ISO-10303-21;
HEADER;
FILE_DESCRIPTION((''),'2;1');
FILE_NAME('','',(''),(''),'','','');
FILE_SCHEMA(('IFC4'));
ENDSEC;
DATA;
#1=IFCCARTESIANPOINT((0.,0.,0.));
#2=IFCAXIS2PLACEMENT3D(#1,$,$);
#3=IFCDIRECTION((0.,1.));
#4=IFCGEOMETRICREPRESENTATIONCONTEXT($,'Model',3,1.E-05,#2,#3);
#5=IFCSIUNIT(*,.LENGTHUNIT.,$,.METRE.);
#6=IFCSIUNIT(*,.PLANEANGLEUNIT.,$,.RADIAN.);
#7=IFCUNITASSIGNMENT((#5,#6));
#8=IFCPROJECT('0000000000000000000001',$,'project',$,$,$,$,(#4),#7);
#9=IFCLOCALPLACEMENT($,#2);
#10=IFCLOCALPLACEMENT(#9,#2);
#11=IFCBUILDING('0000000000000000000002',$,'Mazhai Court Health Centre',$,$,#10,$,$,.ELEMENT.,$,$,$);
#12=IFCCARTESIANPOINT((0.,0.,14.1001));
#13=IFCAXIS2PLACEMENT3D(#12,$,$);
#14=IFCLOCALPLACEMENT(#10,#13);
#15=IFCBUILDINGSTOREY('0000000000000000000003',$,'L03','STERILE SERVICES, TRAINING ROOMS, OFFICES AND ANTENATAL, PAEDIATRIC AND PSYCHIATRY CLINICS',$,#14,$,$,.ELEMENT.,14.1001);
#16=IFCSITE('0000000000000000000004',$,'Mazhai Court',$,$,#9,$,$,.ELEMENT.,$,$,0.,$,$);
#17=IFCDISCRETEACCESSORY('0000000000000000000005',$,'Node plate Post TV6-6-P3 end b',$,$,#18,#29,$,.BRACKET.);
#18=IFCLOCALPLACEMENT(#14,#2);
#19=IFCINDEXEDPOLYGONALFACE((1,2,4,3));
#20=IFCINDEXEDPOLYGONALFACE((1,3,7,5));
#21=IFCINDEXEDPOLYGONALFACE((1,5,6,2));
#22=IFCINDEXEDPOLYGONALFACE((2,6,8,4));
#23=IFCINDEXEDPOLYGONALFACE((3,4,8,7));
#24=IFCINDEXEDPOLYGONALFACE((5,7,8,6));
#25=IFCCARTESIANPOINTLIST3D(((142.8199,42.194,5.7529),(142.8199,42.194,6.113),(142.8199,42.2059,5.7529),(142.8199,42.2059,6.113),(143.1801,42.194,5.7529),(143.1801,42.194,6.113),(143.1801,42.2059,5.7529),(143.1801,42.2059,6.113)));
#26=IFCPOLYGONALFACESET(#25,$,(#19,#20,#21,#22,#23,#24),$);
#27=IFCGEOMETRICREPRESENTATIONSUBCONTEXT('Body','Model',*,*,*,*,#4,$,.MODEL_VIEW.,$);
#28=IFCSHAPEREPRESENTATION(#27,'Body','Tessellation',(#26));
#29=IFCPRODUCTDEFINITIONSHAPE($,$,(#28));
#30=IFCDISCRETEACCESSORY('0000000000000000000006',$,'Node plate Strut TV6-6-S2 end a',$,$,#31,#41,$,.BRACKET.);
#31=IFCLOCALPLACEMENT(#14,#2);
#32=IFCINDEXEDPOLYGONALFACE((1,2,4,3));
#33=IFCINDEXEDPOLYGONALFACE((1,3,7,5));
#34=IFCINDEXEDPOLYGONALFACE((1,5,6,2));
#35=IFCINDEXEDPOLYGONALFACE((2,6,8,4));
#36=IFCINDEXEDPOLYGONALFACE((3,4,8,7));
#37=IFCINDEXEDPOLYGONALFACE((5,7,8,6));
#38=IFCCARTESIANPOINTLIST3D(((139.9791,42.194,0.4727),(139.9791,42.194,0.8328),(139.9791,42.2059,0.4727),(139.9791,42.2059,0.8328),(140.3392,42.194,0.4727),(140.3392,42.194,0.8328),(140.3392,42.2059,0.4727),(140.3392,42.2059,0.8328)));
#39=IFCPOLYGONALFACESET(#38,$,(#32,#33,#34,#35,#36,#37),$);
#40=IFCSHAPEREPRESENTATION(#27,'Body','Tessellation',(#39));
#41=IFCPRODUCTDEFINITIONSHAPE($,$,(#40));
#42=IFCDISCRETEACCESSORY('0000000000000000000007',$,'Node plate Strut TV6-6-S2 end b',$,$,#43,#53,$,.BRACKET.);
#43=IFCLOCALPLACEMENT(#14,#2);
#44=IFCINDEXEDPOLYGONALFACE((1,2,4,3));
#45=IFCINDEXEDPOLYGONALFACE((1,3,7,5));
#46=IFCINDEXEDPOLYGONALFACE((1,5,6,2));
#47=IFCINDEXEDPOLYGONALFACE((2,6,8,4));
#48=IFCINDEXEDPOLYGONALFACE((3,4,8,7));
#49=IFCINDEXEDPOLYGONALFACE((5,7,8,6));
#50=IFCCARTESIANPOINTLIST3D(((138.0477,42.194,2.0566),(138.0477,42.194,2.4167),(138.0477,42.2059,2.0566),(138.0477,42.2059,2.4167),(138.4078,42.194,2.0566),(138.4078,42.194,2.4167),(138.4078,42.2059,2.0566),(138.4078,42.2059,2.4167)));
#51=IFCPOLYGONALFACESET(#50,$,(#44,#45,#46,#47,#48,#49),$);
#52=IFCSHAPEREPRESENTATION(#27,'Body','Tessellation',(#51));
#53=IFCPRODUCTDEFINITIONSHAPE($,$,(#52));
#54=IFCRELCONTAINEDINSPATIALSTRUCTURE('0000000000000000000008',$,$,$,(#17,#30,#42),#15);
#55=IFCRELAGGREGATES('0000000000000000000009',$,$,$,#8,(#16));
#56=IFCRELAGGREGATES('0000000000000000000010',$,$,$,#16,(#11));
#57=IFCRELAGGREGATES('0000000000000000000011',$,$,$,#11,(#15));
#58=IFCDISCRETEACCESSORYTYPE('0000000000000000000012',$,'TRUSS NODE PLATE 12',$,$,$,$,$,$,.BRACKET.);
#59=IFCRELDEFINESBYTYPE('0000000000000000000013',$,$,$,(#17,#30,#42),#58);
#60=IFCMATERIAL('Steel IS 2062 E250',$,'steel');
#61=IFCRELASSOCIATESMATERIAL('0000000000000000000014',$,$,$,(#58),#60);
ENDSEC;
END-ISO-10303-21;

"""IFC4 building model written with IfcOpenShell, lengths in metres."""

from ifc_helpers import new_model, si_unit, direction, frame, origin, origin_2d, place, context, subcontext, project, spatial, rectangle, extrude, material, type_object, element, save


model = new_model("IFC4")

# Units and contexts
model_context = context("Model", 3, precision=1e-05, world=origin(), true_north=direction((0.0, 1.0)))
body_context = subcontext(model_context, "Body", "Model", "MODEL_VIEW")
ifc_project = project(units=[si_unit("LENGTHUNIT", "METRE"), si_unit("PLANEANGLEUNIT", "RADIAN")], contexts=[model_context])

# Site, building, storey
site_placement = place(None, origin())
site = spatial("IfcSite", under=ifc_project, at=site_placement, Name="Mazhai Court", CompositionType="ELEMENT", RefElevation=0.0)
building_placement = place(site_placement, origin())
building = spatial("IfcBuilding", under=site, at=building_placement, Name="Mazhai Court Health Centre", CompositionType="ELEMENT")
storey_placement = place(building_placement, frame((0.0, 0.0, 14.1001)))
storey = spatial("IfcBuildingStorey", under=building, at=storey_placement, Name="L03", Description="STERILE SERVICES, TRAINING ROOMS, OFFICES AND ANTENATAL, PAEDIATRIC AND PSYCHIATRY CLINICS", CompositionType="ELEMENT", Elevation=14.1001)

# Discrete accessories
ifc_material_1 = material(Name="Steel IS 2062 E250", Category="steel")
discrete_accessory_type = type_object("IfcDiscreteAccessoryType", Name="TRUSS NODE PLATE 12", PredefinedType="BRACKET", material=ifc_material_1)
for number, where, z_axis, x_axis, name in (
    (1, (143.0, 42.2, 5.7529), (0.0, 0.0, 1.0), (1.0, 0.0, 0.0), "Node plate Post TV6-6-P3 end b"),
    (2, (140.1592, 42.2, 0.4727), (0.0, 0.0, 1.0), (1.0, 0.0, 0.0), "Node plate Strut TV6-6-S2 end a"),
    (3, (138.2278, 42.2, 2.0566), (0.0, 0.0, 1.0), (1.0, 0.0, 0.0), "Node plate Strut TV6-6-S2 end b"),
):
    element("IfcDiscreteAccessory", number, at=place(storey_placement, frame(where, z_axis=z_axis, x_axis=x_axis)), inside=storey, type_object=discrete_accessory_type, Name=name, PredefinedType="BRACKET", context=body_context, shape_type="SweptSolid", body=[
        extrude(rectangle(XDim=0.3601, YDim=0.012, at=origin_2d()), origin(), (0.0, 0.0, 1.0), 0.3601),
    ])

save(model, "model.ifc")
